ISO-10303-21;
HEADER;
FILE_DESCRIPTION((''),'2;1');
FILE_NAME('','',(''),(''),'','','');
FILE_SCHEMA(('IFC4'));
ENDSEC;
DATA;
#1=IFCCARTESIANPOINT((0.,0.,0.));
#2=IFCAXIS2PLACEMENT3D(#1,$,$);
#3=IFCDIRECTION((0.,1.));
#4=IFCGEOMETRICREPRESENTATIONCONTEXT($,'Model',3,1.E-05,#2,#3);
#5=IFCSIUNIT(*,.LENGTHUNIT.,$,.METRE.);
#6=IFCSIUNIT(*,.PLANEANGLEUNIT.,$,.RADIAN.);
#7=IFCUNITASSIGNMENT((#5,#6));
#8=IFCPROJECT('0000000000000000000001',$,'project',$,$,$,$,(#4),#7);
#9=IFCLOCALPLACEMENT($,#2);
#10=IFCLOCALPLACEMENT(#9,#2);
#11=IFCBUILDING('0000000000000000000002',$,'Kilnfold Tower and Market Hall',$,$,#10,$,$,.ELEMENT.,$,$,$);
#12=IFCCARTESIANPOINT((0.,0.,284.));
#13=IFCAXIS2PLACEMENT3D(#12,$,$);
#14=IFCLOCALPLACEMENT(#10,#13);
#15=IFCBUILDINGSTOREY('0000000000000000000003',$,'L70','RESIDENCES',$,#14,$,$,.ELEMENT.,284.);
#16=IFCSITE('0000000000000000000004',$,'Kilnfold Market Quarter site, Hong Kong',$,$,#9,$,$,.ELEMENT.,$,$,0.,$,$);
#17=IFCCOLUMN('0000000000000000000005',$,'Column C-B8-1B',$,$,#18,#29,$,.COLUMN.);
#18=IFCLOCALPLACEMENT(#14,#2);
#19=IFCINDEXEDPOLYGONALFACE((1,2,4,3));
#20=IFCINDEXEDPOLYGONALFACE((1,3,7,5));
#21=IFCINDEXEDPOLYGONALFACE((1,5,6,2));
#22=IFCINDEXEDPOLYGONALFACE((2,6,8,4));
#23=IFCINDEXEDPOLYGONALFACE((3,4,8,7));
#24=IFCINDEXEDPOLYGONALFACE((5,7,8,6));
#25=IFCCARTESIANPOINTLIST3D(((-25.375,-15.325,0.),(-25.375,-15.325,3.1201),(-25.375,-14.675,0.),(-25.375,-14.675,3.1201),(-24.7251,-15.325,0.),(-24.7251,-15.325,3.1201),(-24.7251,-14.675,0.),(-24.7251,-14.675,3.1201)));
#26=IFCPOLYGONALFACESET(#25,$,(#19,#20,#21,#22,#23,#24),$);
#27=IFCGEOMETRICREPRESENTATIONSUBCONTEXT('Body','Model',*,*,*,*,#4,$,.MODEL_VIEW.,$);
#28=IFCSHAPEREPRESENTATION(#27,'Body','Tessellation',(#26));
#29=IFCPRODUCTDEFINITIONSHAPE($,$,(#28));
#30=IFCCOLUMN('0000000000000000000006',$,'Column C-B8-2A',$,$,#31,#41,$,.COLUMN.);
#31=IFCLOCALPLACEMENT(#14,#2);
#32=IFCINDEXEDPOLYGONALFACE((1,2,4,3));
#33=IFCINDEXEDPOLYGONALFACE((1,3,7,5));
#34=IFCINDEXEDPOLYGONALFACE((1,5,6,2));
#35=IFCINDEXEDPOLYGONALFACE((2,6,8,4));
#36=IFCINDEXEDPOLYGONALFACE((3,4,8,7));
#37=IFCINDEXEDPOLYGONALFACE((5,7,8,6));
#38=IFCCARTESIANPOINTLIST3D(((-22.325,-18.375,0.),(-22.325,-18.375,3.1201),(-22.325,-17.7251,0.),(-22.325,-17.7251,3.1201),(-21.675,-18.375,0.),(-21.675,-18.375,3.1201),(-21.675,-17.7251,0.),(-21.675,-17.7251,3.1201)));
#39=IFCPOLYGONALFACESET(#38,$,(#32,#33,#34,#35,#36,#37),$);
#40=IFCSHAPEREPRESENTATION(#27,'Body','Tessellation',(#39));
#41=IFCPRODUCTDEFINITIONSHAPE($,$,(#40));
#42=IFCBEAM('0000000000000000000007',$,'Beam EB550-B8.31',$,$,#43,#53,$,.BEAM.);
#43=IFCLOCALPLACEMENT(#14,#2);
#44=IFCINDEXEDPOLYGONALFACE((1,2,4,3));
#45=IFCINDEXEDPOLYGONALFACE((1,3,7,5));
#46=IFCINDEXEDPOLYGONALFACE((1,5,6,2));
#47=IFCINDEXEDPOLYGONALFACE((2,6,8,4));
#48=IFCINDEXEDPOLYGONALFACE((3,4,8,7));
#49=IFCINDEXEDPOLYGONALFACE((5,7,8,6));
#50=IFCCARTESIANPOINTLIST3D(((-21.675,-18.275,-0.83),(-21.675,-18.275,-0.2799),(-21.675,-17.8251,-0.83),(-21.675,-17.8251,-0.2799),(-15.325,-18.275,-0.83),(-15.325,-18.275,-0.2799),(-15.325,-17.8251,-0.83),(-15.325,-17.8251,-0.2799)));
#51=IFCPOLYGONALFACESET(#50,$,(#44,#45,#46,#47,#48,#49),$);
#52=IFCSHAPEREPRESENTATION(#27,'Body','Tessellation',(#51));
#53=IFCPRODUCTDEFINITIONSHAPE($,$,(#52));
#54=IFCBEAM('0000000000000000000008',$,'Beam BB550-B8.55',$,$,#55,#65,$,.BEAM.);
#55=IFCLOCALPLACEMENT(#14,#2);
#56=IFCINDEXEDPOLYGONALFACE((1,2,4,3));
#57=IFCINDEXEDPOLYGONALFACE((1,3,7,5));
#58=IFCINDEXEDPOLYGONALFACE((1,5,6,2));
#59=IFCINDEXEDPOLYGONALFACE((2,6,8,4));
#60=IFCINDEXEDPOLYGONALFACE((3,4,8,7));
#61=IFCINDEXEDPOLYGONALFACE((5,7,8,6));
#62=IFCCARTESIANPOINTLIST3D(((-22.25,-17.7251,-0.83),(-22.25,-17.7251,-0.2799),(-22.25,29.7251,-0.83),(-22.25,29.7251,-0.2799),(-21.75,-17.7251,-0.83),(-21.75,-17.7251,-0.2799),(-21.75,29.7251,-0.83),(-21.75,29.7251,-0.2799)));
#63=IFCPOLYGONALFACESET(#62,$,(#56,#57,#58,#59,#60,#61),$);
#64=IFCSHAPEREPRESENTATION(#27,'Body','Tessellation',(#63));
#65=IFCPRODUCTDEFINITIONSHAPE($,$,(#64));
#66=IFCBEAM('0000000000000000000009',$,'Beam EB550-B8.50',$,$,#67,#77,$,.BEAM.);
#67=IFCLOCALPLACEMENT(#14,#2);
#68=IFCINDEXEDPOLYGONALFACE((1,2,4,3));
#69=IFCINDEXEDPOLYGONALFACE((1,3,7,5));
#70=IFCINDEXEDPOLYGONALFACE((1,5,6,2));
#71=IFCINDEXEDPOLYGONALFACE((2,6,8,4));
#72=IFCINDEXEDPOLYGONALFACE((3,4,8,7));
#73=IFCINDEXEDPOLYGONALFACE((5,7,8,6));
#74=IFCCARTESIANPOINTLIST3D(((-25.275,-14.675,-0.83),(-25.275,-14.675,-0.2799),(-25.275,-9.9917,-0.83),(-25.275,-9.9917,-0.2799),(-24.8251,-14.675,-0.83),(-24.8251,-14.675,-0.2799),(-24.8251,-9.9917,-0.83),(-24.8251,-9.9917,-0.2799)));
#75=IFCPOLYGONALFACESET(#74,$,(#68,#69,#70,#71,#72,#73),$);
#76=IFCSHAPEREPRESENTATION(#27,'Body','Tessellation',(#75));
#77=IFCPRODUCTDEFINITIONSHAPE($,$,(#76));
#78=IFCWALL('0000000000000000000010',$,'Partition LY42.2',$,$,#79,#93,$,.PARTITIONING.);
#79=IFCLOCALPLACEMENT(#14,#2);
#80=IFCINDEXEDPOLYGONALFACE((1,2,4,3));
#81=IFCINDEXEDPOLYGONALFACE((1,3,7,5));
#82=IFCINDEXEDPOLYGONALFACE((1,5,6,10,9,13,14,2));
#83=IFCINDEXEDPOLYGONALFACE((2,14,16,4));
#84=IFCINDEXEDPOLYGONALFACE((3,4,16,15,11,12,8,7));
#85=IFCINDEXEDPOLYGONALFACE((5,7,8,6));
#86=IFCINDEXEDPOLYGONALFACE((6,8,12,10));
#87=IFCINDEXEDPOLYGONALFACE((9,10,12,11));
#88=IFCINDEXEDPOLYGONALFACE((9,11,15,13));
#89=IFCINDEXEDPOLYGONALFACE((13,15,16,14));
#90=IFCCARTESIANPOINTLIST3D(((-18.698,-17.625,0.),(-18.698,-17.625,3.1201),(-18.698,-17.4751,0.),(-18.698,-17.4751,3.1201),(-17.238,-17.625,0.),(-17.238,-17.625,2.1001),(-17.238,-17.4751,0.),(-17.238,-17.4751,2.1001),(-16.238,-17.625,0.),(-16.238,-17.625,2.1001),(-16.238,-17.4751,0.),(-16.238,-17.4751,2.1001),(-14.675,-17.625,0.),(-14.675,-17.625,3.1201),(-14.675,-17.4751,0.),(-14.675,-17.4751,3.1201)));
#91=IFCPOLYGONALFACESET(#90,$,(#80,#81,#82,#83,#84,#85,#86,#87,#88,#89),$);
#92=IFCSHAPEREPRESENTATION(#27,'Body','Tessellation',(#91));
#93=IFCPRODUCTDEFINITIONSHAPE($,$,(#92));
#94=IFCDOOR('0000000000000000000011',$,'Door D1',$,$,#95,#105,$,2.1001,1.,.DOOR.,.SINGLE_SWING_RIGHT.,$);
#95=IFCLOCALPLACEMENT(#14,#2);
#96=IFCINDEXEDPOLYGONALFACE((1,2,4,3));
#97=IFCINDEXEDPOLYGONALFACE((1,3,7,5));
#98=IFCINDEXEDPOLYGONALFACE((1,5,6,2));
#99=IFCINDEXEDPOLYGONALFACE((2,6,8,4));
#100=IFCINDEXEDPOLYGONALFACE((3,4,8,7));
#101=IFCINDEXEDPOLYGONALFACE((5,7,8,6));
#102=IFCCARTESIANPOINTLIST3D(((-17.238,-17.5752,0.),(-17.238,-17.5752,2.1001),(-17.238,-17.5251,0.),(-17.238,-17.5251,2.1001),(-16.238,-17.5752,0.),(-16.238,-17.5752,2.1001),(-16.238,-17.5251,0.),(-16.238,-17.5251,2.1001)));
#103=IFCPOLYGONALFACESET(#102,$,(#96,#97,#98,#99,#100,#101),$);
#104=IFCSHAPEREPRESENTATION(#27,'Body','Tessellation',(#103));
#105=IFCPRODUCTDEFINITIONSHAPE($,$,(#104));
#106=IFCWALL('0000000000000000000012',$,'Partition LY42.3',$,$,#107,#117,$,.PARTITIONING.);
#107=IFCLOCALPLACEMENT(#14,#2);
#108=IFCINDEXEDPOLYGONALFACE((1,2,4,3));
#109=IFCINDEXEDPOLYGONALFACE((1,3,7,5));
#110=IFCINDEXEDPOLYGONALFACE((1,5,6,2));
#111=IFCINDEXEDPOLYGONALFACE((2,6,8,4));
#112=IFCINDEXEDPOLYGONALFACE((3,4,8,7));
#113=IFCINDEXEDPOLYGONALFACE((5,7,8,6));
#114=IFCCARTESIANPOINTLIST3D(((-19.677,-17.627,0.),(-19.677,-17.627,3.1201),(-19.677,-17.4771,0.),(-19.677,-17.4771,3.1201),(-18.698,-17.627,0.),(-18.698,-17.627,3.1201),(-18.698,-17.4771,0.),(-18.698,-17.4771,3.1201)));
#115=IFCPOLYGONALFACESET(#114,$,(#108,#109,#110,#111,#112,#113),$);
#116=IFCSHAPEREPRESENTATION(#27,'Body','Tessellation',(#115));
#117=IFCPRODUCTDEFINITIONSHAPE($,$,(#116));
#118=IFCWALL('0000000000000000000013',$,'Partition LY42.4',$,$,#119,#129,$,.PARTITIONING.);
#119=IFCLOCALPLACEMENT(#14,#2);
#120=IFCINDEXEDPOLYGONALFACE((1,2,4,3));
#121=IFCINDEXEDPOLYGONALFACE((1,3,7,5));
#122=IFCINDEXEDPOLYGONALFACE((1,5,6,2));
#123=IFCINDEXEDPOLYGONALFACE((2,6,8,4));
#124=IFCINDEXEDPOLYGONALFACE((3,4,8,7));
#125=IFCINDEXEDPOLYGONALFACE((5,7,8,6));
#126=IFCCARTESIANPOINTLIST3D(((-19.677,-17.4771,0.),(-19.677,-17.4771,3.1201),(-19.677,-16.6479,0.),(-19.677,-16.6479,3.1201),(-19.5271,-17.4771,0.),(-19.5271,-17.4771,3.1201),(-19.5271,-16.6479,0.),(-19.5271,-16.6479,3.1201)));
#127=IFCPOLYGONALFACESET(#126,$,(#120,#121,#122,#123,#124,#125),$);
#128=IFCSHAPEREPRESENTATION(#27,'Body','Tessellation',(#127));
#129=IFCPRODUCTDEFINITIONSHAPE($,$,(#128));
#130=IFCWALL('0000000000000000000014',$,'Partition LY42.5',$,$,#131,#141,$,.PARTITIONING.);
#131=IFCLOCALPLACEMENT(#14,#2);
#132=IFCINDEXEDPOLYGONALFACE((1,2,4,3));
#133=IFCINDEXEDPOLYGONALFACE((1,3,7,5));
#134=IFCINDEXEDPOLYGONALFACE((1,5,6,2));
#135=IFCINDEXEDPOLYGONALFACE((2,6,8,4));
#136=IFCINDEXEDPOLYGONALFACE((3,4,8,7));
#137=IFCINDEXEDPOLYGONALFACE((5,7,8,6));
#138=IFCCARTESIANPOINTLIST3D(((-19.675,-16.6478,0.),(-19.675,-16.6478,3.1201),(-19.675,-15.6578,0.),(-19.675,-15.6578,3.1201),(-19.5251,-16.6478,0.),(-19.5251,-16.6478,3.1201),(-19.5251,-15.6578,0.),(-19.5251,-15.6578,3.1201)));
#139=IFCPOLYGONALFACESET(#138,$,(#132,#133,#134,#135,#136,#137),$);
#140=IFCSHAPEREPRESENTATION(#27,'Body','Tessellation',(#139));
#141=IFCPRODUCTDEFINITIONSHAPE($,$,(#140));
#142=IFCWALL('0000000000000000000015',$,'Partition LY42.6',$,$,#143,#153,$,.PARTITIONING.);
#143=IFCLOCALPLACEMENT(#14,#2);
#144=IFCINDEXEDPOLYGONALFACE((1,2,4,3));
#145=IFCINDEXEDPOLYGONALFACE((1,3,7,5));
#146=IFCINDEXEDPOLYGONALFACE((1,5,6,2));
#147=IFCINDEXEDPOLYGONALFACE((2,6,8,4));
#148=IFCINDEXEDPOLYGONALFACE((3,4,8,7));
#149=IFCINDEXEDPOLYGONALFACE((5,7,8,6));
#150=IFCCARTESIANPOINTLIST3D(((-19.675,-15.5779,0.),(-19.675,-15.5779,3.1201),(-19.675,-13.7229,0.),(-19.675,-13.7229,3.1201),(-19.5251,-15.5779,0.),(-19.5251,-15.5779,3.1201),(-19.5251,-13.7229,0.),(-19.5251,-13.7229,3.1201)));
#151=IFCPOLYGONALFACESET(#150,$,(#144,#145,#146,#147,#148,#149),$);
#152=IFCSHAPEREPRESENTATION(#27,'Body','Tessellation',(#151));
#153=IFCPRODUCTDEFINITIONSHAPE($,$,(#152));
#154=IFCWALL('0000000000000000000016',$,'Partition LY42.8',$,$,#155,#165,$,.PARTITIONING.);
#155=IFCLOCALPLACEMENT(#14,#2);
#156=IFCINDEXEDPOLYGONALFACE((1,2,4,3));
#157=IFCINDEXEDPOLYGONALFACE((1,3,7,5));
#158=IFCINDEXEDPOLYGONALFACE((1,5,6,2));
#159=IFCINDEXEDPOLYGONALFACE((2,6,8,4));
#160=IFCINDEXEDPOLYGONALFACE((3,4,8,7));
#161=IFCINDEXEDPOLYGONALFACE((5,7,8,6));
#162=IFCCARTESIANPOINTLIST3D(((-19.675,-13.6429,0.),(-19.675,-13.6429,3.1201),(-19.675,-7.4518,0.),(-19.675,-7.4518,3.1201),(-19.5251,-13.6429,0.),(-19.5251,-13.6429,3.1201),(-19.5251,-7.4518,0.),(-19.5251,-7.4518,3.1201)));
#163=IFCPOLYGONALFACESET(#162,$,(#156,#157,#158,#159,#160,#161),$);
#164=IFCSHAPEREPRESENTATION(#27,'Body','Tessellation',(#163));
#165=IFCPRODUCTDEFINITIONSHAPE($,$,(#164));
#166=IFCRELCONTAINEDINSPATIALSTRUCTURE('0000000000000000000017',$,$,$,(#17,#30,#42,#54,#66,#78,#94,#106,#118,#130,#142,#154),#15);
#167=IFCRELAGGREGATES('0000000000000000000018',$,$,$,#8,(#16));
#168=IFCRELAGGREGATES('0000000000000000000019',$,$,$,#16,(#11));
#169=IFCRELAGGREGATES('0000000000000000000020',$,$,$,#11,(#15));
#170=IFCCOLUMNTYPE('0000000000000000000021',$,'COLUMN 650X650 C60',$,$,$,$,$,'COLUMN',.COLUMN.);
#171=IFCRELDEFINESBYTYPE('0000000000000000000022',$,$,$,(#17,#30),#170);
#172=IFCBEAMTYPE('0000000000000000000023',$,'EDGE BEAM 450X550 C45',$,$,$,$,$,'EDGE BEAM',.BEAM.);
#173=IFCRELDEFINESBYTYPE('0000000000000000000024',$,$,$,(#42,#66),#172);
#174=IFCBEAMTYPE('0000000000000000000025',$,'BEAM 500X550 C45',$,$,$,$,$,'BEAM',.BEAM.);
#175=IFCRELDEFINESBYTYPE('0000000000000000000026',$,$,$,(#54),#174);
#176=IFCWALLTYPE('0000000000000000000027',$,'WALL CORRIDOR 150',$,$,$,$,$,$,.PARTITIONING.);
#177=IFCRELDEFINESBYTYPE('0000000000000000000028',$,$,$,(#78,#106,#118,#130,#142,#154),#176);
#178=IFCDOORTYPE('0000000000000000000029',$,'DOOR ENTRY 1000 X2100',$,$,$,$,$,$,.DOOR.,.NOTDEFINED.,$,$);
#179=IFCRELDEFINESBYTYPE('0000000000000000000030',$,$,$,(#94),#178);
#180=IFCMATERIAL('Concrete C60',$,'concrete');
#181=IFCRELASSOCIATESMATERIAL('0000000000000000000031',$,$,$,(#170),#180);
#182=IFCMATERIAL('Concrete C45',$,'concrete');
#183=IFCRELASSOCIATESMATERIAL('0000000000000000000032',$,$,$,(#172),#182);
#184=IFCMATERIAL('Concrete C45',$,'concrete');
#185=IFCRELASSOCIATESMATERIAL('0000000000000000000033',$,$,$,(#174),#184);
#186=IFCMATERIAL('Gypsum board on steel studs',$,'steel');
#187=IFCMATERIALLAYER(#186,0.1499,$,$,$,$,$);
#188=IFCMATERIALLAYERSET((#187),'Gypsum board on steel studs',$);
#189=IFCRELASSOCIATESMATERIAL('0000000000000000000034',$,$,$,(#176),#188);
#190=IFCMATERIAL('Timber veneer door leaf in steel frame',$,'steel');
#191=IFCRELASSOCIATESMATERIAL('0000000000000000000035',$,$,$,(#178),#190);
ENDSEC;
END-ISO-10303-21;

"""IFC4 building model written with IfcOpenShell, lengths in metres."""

from ifc_helpers import new_model, si_unit, direction, frame, frame_2d, origin, origin_2d, place, context, subcontext, project, spatial, rectangle, extrude, source, transform, mapped, material, layer, layer_set, material_profile, profile_set, type_object, element, fill, save


model = new_model("IFC4")

# Units and contexts
model_context = context("Model", 3, precision=1e-05, world=origin(), true_north=direction((0.0, 1.0)))
body_context = subcontext(model_context, "Body", "Model", "MODEL_VIEW")
ifc_project = project(units=[si_unit("LENGTHUNIT", "METRE"), si_unit("PLANEANGLEUNIT", "RADIAN")], contexts=[model_context])

# Site, building, storey
site_placement = place(None, origin())
site = spatial("IfcSite", under=ifc_project, at=site_placement, Name="Kilnfold Market Quarter site, Hong Kong", CompositionType="ELEMENT", RefElevation=0.0)
building_placement = place(site_placement, origin())
building = spatial("IfcBuilding", under=site, at=building_placement, Name="Kilnfold Tower and Market Hall", CompositionType="ELEMENT")
storey_placement = place(building_placement, frame((0.0, 0.0, 284.0)))
storey = spatial("IfcBuildingStorey", under=building, at=storey_placement, Name="L70", Description="RESIDENCES", CompositionType="ELEMENT", Elevation=284.0)

# Columns
ifc_material_1 = material(Name="Concrete C60", Category="concrete")
ifc_material_profile_1 = material_profile(ifc_material_1, rectangle(XDim=0.6499, YDim=0.6499, at=origin_2d()), Name="RC 650x650")
ifc_profile_set_1 = profile_set([ifc_material_profile_1], Name="Concrete C60")
column_type = type_object("IfcColumnType", Name="COLUMN 650X650 C60", ElementType="COLUMN", PredefinedType="COLUMN", material=ifc_profile_set_1)
shared_shape_1 = source(origin(), body_context, "Body", "SweptSolid", [
    extrude(rectangle(XDim=0.6499, YDim=0.6499, at=origin_2d()), origin(), (0.0, 0.0, 1.0), 3.1201),
])
for number, where, z_axis, x_axis, name in (
    (1, (-25.05, -15.0, 0.0), (0.0, 0.0, 1.0), (1.0, 0.0, 0.0), "Column C-B8-1B"),
    (2, (-22.0, -18.05, 0.0), (0.0, 0.0, 1.0), (1.0, 0.0, 0.0), "Column C-B8-2A"),
):
    element("IfcColumn", number, at=place(storey_placement, frame(where, z_axis=z_axis, x_axis=x_axis)), inside=storey, type_object=column_type, Name=name, PredefinedType="COLUMN", context=body_context, shape_type="MappedRepresentation", body=[
        mapped(shared_shape_1, transform((0.0, 0.0, 0.0))),
    ])

# Beams
ifc_material_2 = material(Name="Concrete C45", Category="concrete")
ifc_material_profile_2 = material_profile(ifc_material_2, rectangle(XDim=0.45, YDim=0.55, at=origin_2d()), Name="RC 450x550")
ifc_profile_set_2 = profile_set([ifc_material_profile_2], Name="Concrete C45")
beam_type_1 = type_object("IfcBeamType", Name="EDGE BEAM 450X550 C45", ElementType="EDGE BEAM", PredefinedType="BEAM", material=ifc_profile_set_2)
shared_shape_2 = source(origin(), body_context, "Body", "SweptSolid", [
    extrude(rectangle(XDim=0.45, YDim=0.55, at=origin_2d()), origin(), (0.0, 0.0, 1.0), 6.3501),
])
beam_1_placement = place(storey_placement, frame((-21.675, -18.05, -0.5549), z_axis=(1.0, 0.0, 0.0), x_axis=(0.0, 1.0, 0.0)))
element("IfcBeam", 3, at=beam_1_placement, inside=storey, type_object=beam_type_1, Name="Beam EB550-B8.31", PredefinedType="BEAM", context=body_context, shape_type="MappedRepresentation", body=[
    mapped(shared_shape_2, transform((0.0, 0.0, 0.0))),
])
ifc_material_3 = material(Name="Concrete C45", Category="concrete")
ifc_material_profile_3 = material_profile(ifc_material_3, rectangle(XDim=0.5, YDim=0.55, at=origin_2d()), Name="RC 500x550")
ifc_profile_set_3 = profile_set([ifc_material_profile_3], Name="Concrete C45")
beam_type_2 = type_object("IfcBeamType", Name="BEAM 500X550 C45", ElementType="BEAM", PredefinedType="BEAM", material=ifc_profile_set_3)
shared_shape_3 = source(origin(), body_context, "Body", "SweptSolid", [
    extrude(rectangle(XDim=0.5, YDim=0.55, at=origin_2d()), origin(), (0.0, 0.0, 1.0), 47.4502),
])
beam_2_placement = place(storey_placement, frame((-22.0, -17.7251, -0.5549), z_axis=(0.0, 1.0, 0.0), x_axis=(-1.0, 0.0, 0.0)))
element("IfcBeam", 4, at=beam_2_placement, inside=storey, type_object=beam_type_2, Name="Beam BB550-B8.55", PredefinedType="BEAM", context=body_context, shape_type="MappedRepresentation", body=[
    mapped(shared_shape_3, transform((0.0, 0.0, 0.0))),
])
shared_shape_4 = source(origin(), body_context, "Body", "SweptSolid", [
    extrude(rectangle(XDim=0.45, YDim=0.55, at=origin_2d()), origin(), (0.0, 0.0, 1.0), 4.6833),
])
beam_3_placement = place(storey_placement, frame((-25.05, -14.675, -0.5549), z_axis=(0.0, 1.0, 0.0), x_axis=(-1.0, 0.0, 0.0)))
element("IfcBeam", 5, at=beam_3_placement, inside=storey, type_object=beam_type_1, Name="Beam EB550-B8.50", PredefinedType="BEAM", context=body_context, shape_type="MappedRepresentation", body=[
    mapped(shared_shape_4, transform((0.0, 0.0, 0.0))),
])

# Wall, opening, door
ifc_material_4 = material(Name="Gypsum board on steel studs", Category="steel")
ifc_layer_1 = layer(ifc_material_4, 0.1499)
ifc_layer_set_1 = layer_set([ifc_layer_1], Name="Gypsum board on steel studs")
wall_type_1 = type_object("IfcWallType", Name="WALL CORRIDOR 150", PredefinedType="PARTITIONING", material=ifc_layer_set_1)
wall_1_placement = place(storey_placement, frame((-18.698, -17.55, 0.0), z_axis=(0.0, 0.0, 1.0), x_axis=(1.0, 0.0, 0.0)))
wall_1 = element("IfcWall", 6, at=wall_1_placement, inside=storey, type_object=wall_type_1, Name="Partition LY42.2", PredefinedType="PARTITIONING", context=body_context, shape_type="SweptSolid", body=[
    extrude(rectangle(XDim=4.0229, YDim=0.1499, at=frame_2d((2.0115, 0.0))), origin(), (0.0, 0.0, 1.0), 3.1201),
])
opening_1_placement = place(wall_1_placement, frame((1.46, 0.0, 0.0)))
opening_1 = element("IfcOpeningElement", 7, at=opening_1_placement, cuts=wall_1, PredefinedType="OPENING", context=body_context, shape_type="SweptSolid", body=[
    extrude(rectangle(XDim=1.0, YDim=2.1001, at=frame_2d((0.5, 1.05))), frame((0.0, 0.085, 0.0), z_axis=(0.0, -1.0, 0.0), x_axis=(1.0, 0.0, 0.0)), (0.0, 0.0, 1.0), 0.1699),
])
ifc_material_5 = material(Name="Timber veneer door leaf in steel frame", Category="steel")
door_type_1 = type_object("IfcDoorType", Name="DOOR ENTRY 1000 X2100", OperationType="NOTDEFINED", PredefinedType="DOOR", material=ifc_material_5)
door_1_placement = place(opening_1_placement, origin())
door_1 = element("IfcDoor", 8, at=door_1_placement, inside=storey, type_object=door_type_1, Name="Door D1", OperationType="SINGLE_SWING_RIGHT", OverallHeight=2.1001, OverallWidth=1.0, PredefinedType="DOOR", context=body_context, shape_type="SweptSolid", body=[
    extrude(rectangle(XDim=1.0, YDim=2.1001, at=frame_2d((0.5, 1.05))), frame((0.0, 0.0249, 0.0), z_axis=(0.0, -1.0, 0.0), x_axis=(1.0, 0.0, 0.0)), (0.0, 0.0, 1.0), 0.05),
])
fill(opening_1, door_1)

# Walls
wall_2_placement = place(storey_placement, frame((-19.677, -17.552, 0.0), z_axis=(0.0, 0.0, 1.0), x_axis=(1.0, 0.0, 0.0)))
element("IfcWall", 9, at=wall_2_placement, inside=storey, type_object=wall_type_1, Name="Partition LY42.3", PredefinedType="PARTITIONING", context=body_context, shape_type="SweptSolid", body=[
    extrude(rectangle(XDim=0.979, YDim=0.1499, at=frame_2d((0.4895, 0.0))), origin(), (0.0, 0.0, 1.0), 3.1201),
])
wall_3_placement = place(storey_placement, frame((-19.6021, -17.4771, 0.0), z_axis=(0.0, 0.0, 1.0), x_axis=(0.0, 1.0, 0.0)))
element("IfcWall", 10, at=wall_3_placement, inside=storey, type_object=wall_type_1, Name="Partition LY42.4", PredefinedType="PARTITIONING", context=body_context, shape_type="SweptSolid", body=[
    extrude(rectangle(XDim=0.8291, YDim=0.1499, at=frame_2d((0.4146, 0.0))), origin(), (0.0, 0.0, 1.0), 3.1201),
])
wall_4_placement = place(storey_placement, frame((-19.6001, -16.6479, 0.0), z_axis=(0.0, 0.0, 1.0), x_axis=(0.0, 1.0, 0.0)))
element("IfcWall", 11, at=wall_4_placement, inside=storey, type_object=wall_type_1, Name="Partition LY42.5", PredefinedType="PARTITIONING", context=body_context, shape_type="SweptSolid", body=[
    extrude(rectangle(XDim=0.99, YDim=0.1499, at=frame_2d((0.4951, 0.0))), origin(), (0.0, 0.0, 1.0), 3.1201),
])
wall_5_placement = place(storey_placement, frame((-19.6001, -15.5779, 0.0), z_axis=(0.0, 0.0, 1.0), x_axis=(0.0, 1.0, 0.0)))
element("IfcWall", 12, at=wall_5_placement, inside=storey, type_object=wall_type_1, Name="Partition LY42.6", PredefinedType="PARTITIONING", context=body_context, shape_type="SweptSolid", body=[
    extrude(rectangle(XDim=1.855, YDim=0.1499, at=frame_2d((0.9275, 0.0))), origin(), (0.0, 0.0, 1.0), 3.1201),
])
wall_6_placement = place(storey_placement, frame((-19.6001, -13.6431, 0.0), z_axis=(0.0, 0.0, 1.0), x_axis=(0.0, 1.0, 0.0)))
element("IfcWall", 13, at=wall_6_placement, inside=storey, type_object=wall_type_1, Name="Partition LY42.8", PredefinedType="PARTITIONING", context=body_context, shape_type="SweptSolid", body=[
    extrude(rectangle(XDim=6.1912, YDim=0.1499, at=frame_2d((3.0957, 0.0))), origin(), (0.0, 0.0, 1.0), 3.1201),
])

save(model, "model.ifc")
